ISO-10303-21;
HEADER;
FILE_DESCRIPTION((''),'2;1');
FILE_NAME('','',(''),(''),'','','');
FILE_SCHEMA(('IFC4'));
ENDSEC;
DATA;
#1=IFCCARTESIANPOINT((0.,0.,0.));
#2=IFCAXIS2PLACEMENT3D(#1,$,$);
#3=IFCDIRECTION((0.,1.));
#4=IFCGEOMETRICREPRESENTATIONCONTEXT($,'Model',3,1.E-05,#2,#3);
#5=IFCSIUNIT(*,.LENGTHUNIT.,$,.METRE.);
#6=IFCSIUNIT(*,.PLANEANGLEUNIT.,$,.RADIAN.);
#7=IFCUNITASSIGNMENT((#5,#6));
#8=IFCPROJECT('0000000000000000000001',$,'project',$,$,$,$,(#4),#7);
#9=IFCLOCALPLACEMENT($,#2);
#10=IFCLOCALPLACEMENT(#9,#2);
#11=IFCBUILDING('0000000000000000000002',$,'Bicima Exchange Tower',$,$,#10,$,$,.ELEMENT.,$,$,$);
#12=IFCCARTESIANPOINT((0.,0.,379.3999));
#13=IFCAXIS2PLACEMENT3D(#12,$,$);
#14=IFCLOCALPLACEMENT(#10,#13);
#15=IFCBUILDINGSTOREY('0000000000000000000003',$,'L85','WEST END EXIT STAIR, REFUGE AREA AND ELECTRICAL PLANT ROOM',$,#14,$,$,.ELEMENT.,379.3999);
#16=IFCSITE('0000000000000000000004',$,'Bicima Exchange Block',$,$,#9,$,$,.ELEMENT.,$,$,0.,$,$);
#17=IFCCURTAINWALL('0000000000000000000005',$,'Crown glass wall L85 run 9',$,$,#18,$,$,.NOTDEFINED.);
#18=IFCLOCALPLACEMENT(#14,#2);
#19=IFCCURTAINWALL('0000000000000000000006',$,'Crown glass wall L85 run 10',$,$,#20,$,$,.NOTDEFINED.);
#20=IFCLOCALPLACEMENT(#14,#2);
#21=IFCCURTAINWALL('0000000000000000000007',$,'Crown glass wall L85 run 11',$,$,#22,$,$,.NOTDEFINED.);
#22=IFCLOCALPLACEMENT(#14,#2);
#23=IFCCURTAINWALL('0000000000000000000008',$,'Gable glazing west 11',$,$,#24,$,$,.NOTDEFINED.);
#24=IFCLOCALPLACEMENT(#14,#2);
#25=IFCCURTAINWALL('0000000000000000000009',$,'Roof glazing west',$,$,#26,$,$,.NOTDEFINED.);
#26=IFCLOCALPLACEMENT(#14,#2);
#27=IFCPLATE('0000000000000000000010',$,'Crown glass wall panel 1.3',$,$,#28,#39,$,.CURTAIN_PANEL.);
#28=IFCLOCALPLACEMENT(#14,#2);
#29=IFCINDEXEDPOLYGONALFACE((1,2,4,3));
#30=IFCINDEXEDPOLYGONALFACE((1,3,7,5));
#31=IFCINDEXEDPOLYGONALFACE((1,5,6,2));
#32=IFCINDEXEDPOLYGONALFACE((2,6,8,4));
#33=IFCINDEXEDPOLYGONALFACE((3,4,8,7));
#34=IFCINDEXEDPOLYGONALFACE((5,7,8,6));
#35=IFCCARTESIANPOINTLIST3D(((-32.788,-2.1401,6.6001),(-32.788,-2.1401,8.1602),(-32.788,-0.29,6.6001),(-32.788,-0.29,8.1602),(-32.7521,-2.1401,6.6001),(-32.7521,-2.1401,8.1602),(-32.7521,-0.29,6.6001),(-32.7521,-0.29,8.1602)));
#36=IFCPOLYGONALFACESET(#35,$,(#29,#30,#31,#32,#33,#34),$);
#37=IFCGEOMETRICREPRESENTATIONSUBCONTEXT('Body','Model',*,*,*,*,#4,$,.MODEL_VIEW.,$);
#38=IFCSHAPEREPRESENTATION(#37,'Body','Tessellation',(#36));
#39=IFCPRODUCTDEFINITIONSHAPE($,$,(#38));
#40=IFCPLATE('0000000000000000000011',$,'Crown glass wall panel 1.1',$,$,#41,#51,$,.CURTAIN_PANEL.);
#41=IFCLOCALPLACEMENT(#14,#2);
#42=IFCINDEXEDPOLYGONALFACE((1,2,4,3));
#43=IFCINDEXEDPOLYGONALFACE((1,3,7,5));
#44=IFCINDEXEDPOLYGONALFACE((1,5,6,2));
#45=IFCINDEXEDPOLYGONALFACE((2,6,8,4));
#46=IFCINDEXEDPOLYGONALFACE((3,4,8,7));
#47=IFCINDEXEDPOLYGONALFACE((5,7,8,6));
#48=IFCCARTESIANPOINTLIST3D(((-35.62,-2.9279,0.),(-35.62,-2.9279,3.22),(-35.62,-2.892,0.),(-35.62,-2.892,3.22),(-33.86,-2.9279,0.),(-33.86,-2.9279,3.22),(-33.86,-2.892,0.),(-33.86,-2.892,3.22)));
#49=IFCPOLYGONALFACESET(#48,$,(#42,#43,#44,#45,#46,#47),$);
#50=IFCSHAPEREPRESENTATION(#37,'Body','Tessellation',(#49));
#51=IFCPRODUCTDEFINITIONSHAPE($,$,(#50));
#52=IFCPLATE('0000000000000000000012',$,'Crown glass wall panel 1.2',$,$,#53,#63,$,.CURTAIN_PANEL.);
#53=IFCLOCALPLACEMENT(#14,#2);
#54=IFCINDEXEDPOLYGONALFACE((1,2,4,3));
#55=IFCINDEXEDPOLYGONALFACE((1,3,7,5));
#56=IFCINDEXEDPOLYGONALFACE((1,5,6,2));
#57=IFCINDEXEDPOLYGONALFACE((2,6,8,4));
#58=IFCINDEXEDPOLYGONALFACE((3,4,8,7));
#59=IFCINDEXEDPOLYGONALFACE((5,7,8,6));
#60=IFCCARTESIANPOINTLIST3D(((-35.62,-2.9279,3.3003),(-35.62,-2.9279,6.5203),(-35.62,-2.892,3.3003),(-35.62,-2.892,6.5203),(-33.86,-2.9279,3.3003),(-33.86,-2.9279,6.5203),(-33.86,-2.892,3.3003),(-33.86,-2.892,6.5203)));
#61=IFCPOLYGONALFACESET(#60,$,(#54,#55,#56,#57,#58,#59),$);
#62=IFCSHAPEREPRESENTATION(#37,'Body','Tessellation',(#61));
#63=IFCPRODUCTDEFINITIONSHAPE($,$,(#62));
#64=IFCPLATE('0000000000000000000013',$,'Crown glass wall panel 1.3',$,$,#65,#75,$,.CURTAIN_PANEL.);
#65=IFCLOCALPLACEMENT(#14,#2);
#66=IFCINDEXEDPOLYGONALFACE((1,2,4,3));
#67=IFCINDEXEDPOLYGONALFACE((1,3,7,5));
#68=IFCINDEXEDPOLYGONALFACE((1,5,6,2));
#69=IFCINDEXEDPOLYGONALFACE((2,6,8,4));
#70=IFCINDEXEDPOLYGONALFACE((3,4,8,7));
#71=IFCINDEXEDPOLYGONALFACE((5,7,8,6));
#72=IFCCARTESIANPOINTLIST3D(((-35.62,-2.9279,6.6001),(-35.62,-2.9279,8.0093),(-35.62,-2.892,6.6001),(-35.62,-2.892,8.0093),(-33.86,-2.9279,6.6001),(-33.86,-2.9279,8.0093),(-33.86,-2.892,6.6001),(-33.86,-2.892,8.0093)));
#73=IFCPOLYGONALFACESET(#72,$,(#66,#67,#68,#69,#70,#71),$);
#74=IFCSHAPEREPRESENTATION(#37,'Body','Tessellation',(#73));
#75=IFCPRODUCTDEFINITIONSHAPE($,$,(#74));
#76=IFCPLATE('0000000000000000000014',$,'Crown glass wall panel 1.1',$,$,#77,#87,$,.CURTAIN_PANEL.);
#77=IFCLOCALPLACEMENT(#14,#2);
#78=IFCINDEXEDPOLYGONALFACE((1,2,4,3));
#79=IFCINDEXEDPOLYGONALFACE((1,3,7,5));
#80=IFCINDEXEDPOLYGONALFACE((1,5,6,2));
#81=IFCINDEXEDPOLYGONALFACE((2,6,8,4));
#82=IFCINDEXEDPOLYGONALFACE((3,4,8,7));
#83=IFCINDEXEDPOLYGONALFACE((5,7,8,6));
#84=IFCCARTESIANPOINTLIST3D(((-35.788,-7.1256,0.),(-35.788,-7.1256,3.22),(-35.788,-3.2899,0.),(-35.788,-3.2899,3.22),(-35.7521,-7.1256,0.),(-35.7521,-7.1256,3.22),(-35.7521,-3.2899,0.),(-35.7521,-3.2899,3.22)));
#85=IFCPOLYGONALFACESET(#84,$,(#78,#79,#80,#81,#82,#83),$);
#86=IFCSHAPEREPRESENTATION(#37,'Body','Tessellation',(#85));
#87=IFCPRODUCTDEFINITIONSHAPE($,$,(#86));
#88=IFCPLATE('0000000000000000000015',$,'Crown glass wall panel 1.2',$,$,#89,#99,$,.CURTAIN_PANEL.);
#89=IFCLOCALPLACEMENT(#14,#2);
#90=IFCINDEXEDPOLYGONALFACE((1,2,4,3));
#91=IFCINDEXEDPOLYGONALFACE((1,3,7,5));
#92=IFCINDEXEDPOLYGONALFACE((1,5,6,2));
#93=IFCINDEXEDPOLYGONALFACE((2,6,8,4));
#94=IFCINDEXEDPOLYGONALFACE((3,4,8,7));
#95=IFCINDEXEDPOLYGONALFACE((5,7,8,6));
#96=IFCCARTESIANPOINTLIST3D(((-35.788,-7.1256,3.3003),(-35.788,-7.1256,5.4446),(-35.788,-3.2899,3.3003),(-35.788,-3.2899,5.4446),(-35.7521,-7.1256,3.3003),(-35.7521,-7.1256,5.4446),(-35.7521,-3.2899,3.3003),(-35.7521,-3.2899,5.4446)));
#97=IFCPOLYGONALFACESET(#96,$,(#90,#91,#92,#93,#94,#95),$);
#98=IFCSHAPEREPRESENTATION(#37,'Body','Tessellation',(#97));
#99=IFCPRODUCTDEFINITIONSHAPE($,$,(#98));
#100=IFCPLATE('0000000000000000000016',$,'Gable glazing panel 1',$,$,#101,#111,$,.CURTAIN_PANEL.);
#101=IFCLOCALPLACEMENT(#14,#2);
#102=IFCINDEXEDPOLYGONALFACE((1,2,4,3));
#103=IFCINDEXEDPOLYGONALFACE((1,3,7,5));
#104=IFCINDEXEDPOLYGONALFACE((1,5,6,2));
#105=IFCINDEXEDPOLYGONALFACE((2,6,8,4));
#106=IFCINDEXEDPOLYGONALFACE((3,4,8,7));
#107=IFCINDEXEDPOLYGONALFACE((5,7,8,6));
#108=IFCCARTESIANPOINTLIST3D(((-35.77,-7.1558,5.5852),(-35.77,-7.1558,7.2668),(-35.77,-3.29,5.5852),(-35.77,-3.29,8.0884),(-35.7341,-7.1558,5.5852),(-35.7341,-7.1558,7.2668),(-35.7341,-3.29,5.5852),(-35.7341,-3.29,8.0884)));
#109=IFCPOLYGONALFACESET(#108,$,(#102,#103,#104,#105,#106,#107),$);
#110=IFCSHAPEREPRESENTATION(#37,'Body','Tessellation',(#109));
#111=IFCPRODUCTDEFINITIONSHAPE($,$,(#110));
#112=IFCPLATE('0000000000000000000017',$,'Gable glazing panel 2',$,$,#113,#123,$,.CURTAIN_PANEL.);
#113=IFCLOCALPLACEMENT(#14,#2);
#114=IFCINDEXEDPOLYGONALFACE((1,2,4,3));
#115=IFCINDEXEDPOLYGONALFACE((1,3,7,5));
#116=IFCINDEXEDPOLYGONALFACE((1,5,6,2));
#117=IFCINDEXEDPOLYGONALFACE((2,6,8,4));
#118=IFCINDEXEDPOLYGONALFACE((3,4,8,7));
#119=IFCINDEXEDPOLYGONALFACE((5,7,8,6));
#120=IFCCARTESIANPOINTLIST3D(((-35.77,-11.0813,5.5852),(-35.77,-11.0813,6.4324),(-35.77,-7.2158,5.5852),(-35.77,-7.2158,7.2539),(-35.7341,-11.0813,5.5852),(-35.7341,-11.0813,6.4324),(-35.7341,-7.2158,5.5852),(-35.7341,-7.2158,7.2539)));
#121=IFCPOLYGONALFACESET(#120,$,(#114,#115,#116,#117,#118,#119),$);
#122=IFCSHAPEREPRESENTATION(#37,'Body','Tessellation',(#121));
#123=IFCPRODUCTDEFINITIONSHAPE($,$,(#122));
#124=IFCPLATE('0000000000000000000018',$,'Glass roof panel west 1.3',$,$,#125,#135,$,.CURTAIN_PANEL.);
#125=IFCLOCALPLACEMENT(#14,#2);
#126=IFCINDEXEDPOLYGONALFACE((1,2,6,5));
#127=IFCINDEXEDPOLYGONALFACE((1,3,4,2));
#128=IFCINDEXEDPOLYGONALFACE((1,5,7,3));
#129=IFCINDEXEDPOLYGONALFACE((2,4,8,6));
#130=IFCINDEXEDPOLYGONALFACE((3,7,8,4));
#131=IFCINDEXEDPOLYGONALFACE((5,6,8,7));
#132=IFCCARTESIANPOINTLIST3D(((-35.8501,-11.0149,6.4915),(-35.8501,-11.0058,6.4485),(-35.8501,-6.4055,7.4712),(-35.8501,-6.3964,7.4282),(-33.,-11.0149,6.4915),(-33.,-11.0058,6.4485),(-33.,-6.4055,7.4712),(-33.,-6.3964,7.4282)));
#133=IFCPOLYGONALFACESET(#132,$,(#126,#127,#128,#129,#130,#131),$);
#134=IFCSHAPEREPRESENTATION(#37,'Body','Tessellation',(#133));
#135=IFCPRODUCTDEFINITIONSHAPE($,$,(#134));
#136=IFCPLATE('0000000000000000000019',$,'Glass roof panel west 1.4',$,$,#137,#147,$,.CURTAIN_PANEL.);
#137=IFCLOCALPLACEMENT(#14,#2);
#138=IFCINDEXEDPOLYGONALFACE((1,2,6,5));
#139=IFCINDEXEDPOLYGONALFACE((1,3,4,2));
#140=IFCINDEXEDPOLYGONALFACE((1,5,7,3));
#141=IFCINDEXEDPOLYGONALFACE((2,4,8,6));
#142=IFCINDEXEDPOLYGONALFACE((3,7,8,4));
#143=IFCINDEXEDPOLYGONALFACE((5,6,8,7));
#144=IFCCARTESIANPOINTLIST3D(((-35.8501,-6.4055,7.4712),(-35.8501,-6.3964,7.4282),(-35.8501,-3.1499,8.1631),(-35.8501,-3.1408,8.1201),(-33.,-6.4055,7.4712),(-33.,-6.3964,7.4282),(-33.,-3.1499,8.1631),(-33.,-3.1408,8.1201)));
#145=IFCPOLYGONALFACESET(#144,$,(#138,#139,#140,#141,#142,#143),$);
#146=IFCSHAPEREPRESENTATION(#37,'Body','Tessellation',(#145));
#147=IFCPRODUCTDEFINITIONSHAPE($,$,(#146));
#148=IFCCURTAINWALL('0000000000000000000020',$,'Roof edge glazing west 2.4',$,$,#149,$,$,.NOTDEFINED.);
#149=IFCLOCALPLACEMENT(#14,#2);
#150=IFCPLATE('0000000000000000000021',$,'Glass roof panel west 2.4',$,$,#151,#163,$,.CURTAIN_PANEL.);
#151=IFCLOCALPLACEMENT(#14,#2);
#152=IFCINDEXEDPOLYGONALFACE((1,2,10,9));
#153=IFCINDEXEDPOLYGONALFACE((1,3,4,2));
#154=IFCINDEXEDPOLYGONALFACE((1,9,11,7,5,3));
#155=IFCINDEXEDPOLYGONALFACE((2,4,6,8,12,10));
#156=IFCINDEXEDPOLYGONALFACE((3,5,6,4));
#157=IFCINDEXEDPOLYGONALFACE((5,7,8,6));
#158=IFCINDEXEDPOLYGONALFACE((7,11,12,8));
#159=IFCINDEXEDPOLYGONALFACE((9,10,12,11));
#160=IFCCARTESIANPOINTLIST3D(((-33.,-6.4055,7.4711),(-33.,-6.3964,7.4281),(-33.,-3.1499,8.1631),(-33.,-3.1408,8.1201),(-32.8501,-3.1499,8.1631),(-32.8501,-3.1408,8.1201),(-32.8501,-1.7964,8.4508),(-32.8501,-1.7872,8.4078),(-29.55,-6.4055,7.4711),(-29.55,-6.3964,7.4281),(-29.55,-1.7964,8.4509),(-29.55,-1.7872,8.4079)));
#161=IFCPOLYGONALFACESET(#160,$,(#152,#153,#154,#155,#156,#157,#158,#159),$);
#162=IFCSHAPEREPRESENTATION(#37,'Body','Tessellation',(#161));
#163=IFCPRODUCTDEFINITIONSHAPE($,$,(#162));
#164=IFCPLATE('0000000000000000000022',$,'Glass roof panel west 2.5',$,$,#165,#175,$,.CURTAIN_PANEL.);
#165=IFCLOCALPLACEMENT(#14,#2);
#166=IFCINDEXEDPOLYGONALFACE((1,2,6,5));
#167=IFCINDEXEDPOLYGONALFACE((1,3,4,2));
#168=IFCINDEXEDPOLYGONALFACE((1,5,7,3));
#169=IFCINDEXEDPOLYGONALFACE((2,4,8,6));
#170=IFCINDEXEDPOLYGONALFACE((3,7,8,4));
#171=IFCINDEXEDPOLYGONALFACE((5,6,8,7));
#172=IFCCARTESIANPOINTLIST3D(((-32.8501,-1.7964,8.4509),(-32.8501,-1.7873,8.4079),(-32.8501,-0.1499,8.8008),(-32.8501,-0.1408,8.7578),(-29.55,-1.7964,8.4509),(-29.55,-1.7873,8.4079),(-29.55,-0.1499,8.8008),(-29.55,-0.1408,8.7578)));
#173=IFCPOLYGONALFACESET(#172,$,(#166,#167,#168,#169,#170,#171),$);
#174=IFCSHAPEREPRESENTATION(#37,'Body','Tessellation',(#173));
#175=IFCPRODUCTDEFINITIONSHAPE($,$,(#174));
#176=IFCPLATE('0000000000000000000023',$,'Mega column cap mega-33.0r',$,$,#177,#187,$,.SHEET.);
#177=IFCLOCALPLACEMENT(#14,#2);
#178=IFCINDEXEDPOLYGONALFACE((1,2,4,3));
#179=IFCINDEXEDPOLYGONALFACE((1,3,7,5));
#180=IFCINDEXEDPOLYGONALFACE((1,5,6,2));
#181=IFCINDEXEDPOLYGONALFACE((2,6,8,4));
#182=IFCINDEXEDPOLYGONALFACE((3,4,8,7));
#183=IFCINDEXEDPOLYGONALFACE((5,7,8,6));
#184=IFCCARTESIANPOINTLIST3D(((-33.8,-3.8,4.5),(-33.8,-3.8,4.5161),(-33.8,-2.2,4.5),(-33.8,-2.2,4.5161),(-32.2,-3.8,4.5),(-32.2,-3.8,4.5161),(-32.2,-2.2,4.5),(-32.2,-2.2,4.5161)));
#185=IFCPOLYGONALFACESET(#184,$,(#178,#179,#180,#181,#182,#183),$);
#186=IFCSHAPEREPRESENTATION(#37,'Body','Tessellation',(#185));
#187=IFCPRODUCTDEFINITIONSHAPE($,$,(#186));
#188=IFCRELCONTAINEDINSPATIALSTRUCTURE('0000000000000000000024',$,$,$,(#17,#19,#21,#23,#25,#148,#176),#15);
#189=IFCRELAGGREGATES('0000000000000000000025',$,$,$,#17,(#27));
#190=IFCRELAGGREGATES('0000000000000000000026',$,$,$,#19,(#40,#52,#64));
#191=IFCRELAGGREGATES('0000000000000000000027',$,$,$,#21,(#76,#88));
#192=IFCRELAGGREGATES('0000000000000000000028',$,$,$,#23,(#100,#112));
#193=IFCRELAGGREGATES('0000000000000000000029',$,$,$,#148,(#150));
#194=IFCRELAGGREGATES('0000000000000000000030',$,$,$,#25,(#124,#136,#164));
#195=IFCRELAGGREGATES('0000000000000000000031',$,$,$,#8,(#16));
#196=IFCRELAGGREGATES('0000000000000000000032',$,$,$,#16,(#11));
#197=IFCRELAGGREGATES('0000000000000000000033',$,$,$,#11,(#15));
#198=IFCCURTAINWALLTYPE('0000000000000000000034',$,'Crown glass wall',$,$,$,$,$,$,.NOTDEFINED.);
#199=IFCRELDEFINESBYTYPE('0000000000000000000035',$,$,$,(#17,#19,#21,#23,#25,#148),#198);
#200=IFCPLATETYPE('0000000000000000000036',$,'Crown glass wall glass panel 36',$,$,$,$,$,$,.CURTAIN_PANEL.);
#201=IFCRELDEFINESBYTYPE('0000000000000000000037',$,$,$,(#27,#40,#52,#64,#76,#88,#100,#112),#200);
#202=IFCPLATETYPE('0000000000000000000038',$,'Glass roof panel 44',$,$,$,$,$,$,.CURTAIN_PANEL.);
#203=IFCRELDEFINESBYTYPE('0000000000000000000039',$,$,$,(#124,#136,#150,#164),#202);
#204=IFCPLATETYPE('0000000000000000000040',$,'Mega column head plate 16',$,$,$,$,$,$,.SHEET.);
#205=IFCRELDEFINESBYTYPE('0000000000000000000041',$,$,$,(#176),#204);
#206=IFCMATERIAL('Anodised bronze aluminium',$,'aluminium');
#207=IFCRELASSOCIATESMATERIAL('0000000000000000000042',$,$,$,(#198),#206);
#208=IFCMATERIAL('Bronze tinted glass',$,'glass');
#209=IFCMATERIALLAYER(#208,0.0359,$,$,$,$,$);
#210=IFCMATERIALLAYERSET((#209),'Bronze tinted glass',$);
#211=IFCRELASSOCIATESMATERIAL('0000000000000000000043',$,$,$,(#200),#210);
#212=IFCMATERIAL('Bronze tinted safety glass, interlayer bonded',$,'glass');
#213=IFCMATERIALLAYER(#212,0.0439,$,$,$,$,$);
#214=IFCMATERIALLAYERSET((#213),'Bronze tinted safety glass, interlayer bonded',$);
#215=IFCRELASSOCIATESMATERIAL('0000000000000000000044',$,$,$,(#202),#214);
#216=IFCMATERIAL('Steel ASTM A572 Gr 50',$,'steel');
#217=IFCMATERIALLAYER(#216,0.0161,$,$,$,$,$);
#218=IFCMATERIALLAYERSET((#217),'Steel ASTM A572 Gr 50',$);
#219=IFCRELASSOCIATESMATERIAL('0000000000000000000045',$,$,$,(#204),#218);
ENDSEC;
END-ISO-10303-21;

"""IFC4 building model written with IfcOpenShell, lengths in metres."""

from ifc_helpers import new_model, si_unit, direction, frame, origin, origin_2d, place, context, subcontext, project, spatial, polyline, rectangle, outline, extrude, material, layer, layer_set, type_object, element, aggregate, save


model = new_model("IFC4")

# Units and contexts
model_context = context("Model", 3, precision=1e-05, world=origin(), true_north=direction((0.0, 1.0)))
body_context = subcontext(model_context, "Body", "Model", "MODEL_VIEW")
ifc_project = project(units=[si_unit("LENGTHUNIT", "METRE"), si_unit("PLANEANGLEUNIT", "RADIAN")], contexts=[model_context])

# Site, building, storey
site_placement = place(None, origin())
site = spatial("IfcSite", under=ifc_project, at=site_placement, Name="Bicima Exchange Block", CompositionType="ELEMENT", RefElevation=0.0)
building_placement = place(site_placement, origin())
building = spatial("IfcBuilding", under=site, at=building_placement, Name="Bicima Exchange Tower", CompositionType="ELEMENT")
storey_placement = place(building_placement, frame((0.0, 0.0, 379.3999)))
storey = spatial("IfcBuildingStorey", under=building, at=storey_placement, Name="L85", Description="WEST END EXIT STAIR, REFUGE AREA AND ELECTRICAL PLANT ROOM", CompositionType="ELEMENT", Elevation=379.3999)

# Shared definitions
ifc_material_1 = material(Name="Steel ASTM A572 Gr 50", Category="steel")

# Curtain wall
ifc_material_2 = material(Name="Anodised bronze aluminium", Category="aluminium")
curtain_wall_type = type_object("IfcCurtainWallType", Name="Crown glass wall", PredefinedType="NOTDEFINED", material=ifc_material_2)
curtain_wall_1_placement = place(storey_placement, origin())
curtain_wall_1 = element("IfcCurtainWall", 1, at=curtain_wall_1_placement, inside=storey, type_object=curtain_wall_type, Name="Crown glass wall L85 run 9", PredefinedType="NOTDEFINED")

# Curtain walls
curtain_wall_2_placement = place(storey_placement, origin())
curtain_wall_2 = element("IfcCurtainWall", 2, at=curtain_wall_2_placement, inside=storey, type_object=curtain_wall_type, Name="Crown glass wall L85 run 10", PredefinedType="NOTDEFINED")
curtain_wall_3_placement = place(storey_placement, origin())
curtain_wall_3 = element("IfcCurtainWall", 3, at=curtain_wall_3_placement, inside=storey, type_object=curtain_wall_type, Name="Crown glass wall L85 run 11", PredefinedType="NOTDEFINED")
curtain_wall_4_placement = place(storey_placement, origin())
curtain_wall_4 = element("IfcCurtainWall", 4, at=curtain_wall_4_placement, inside=storey, type_object=curtain_wall_type, Name="Gable glazing west 11", PredefinedType="NOTDEFINED")

# Curtain wall
curtain_wall_5_placement = place(storey_placement, origin())
curtain_wall_5 = element("IfcCurtainWall", 5, at=curtain_wall_5_placement, inside=storey, type_object=curtain_wall_type, Name="Roof glazing west", PredefinedType="NOTDEFINED")

# Plates
ifc_material_3 = material(Name="Bronze tinted glass", Category="glass")
ifc_layer_1 = layer(ifc_material_3, 0.0359)
ifc_layer_set_1 = layer_set([ifc_layer_1], Name="Bronze tinted glass")
plate_type_1 = type_object("IfcPlateType", Name="Crown glass wall glass panel 36", PredefinedType="CURTAIN_PANEL", material=ifc_layer_set_1)
plate_1_placement = place(storey_placement, frame((-32.77, -1.2151, 6.6001), z_axis=(0.0, 0.0, 1.0), x_axis=(0.0, -1.0, 0.0)))
plate_1 = element("IfcPlate", 6, at=plate_1_placement, type_object=plate_type_1, Name="Crown glass wall panel 1.3", PredefinedType="CURTAIN_PANEL", context=body_context, shape_type="SweptSolid", body=[
    extrude(rectangle(XDim=1.8501, YDim=0.0359, at=origin_2d()), origin(), (0.0, 0.0, 1.0), 1.5601),
])
aggregate(curtain_wall_1, [plate_1])
plate_2_placement = place(storey_placement, frame((-34.74, -2.9099, 0.0), z_axis=(0.0, 0.0, 1.0), x_axis=(-1.0, 0.0, 0.0)))
plate_2 = element("IfcPlate", 7, at=plate_2_placement, type_object=plate_type_1, Name="Crown glass wall panel 1.1", PredefinedType="CURTAIN_PANEL", context=body_context, shape_type="SweptSolid", body=[
    extrude(rectangle(XDim=1.76, YDim=0.0359, at=origin_2d()), origin(), (0.0, 0.0, 1.0), 3.22),
])
plate_3_placement = place(storey_placement, frame((-34.74, -2.9099, 3.3003), z_axis=(0.0, 0.0, 1.0), x_axis=(-1.0, 0.0, 0.0)))
plate_3 = element("IfcPlate", 8, at=plate_3_placement, type_object=plate_type_1, Name="Crown glass wall panel 1.2", PredefinedType="CURTAIN_PANEL", context=body_context, shape_type="SweptSolid", body=[
    extrude(rectangle(XDim=1.76, YDim=0.0359, at=origin_2d()), origin(), (0.0, 0.0, 1.0), 3.22),
])
plate_4_placement = place(storey_placement, frame((-34.74, -2.9099, 6.6001), z_axis=(0.0, 0.0, 1.0), x_axis=(-1.0, 0.0, 0.0)))
plate_4 = element("IfcPlate", 9, at=plate_4_placement, type_object=plate_type_1, Name="Crown glass wall panel 1.3", PredefinedType="CURTAIN_PANEL", context=body_context, shape_type="SweptSolid", body=[
    extrude(rectangle(XDim=1.76, YDim=0.0359, at=origin_2d()), origin(), (0.0, 0.0, 1.0), 1.4092),
])
aggregate(curtain_wall_2, [plate_2, plate_3, plate_4])
plate_5_placement = place(storey_placement, frame((-35.77, -5.2078, 0.0), z_axis=(0.0, 0.0, 1.0), x_axis=(0.0, -1.0, 0.0)))
plate_5 = element("IfcPlate", 10, at=plate_5_placement, type_object=plate_type_1, Name="Crown glass wall panel 1.1", PredefinedType="CURTAIN_PANEL", context=body_context, shape_type="SweptSolid", body=[
    extrude(rectangle(XDim=3.8357, YDim=0.0359, at=origin_2d()), origin(), (0.0, 0.0, 1.0), 3.22),
])
plate_6_placement = place(storey_placement, frame((-35.77, -5.2078, 3.3003), z_axis=(0.0, 0.0, 1.0), x_axis=(0.0, -1.0, 0.0)))
plate_6 = element("IfcPlate", 11, at=plate_6_placement, type_object=plate_type_1, Name="Crown glass wall panel 1.2", PredefinedType="CURTAIN_PANEL", context=body_context, shape_type="SweptSolid", body=[
    extrude(rectangle(XDim=3.8357, YDim=0.0359, at=origin_2d()), origin(), (0.0, 0.0, 1.0), 2.1443),
])
aggregate(curtain_wall_3, [plate_5, plate_6])
plate_7_placement = place(storey_placement, frame((-35.77, -3.29, 5.5852), z_axis=(-1.0, 0.0, 0.0), x_axis=(0.0, -1.0, 0.0)))
plate_7 = element("IfcPlate", 12, at=plate_7_placement, type_object=plate_type_1, Name="Gable glazing panel 1", PredefinedType="CURTAIN_PANEL", context=body_context, shape_type="SweptSolid", body=[
    extrude(outline(polyline([(0.0, 0.0), (3.8657, 0.0), (3.8657, 1.6816), (0.0, 2.5032), (0.0, 0.0)])), origin(), (0.0, 0.0, -1.0), 0.0359),
])
plate_8_placement = place(storey_placement, frame((-35.77, -7.2158, 5.5852), z_axis=(-1.0, 0.0, 0.0), x_axis=(0.0, -1.0, 0.0)))
plate_8 = element("IfcPlate", 13, at=plate_8_placement, type_object=plate_type_1, Name="Gable glazing panel 2", PredefinedType="CURTAIN_PANEL", context=body_context, shape_type="SweptSolid", body=[
    extrude(outline(polyline([(0.0, 0.0), (3.8655, 0.0), (3.8655, 0.8472), (0.0, 1.6687), (0.0, 0.0)])), origin(), (0.0, 0.0, -1.0), 0.0359),
])
aggregate(curtain_wall_4, [plate_7, plate_8])
ifc_material_4 = material(Name="Bronze tinted safety glass, interlayer bonded", Category="glass")
ifc_layer_2 = layer(ifc_material_4, 0.0439)
ifc_layer_set_2 = layer_set([ifc_layer_2], Name="Bronze tinted safety glass, interlayer bonded")
plate_type_2 = type_object("IfcPlateType", Name="Glass roof panel 44", PredefinedType="CURTAIN_PANEL", material=ifc_layer_set_2)
plate_9_placement = place(storey_placement, frame((-35.8501, -6.4055, 7.4712), z_axis=(0.0, -0.207908, 0.978148), x_axis=(1.0, 0.0, 0.0)))
plate_9 = element("IfcPlate", 14, at=plate_9_placement, type_object=plate_type_2, Name="Glass roof panel west 1.3", PredefinedType="CURTAIN_PANEL", context=body_context, shape_type="SweptSolid", body=[
    extrude(outline(polyline([(0.0, 0.0), (2.8501, 0.0), (2.8501, -4.7123), (0.0, -4.7123), (0.0, 0.0)])), origin(), (0.0, 0.0, -1.0), 0.0439),
])
plate_10_placement = place(storey_placement, frame((-33.0, -3.1499, 8.1631), z_axis=(0.0, -0.207881, 0.978154), x_axis=(0.0, -0.978154, -0.207881)))
plate_10 = element("IfcPlate", 15, at=plate_10_placement, type_object=plate_type_2, Name="Glass roof panel west 1.4", PredefinedType="CURTAIN_PANEL", context=body_context, shape_type="SweptSolid", body=[
    extrude(outline(polyline([(0.0, 0.0), (3.3283, 0.0), (3.3283, -2.8501), (0.0, -2.8501), (0.0, 0.0)])), origin(), (0.0, 0.0, -1.0), 0.0439),
])

# Curtain wall, plate
curtain_wall_6_placement = place(storey_placement, origin())
curtain_wall_6 = element("IfcCurtainWall", 16, at=curtain_wall_6_placement, inside=storey, type_object=curtain_wall_type, Name="Roof edge glazing west 2.4", PredefinedType="NOTDEFINED")
plate_11_placement = place(storey_placement, frame((-32.8501, -3.1499, 8.1631), z_axis=(-0.000019, -0.207918, 0.978146), x_axis=(0.0, 0.978146, 0.207918)))
plate_11 = element("IfcPlate", 17, at=plate_11_placement, type_object=plate_type_2, Name="Glass roof panel west 2.4", PredefinedType="CURTAIN_PANEL", context=body_context, shape_type="SweptSolid", body=[
    extrude(outline(polyline([(0.0, 0.0), (1.3838, 0.0), (1.3838, -3.3), (-3.3283, -3.3), (-3.3283, 0.1499), (0.0, 0.1499), (0.0, 0.0)])), origin(), (0.0, 0.0, -1.0), 0.0439),
])
aggregate(curtain_wall_6, [plate_11])

# Plates
plate_12_placement = place(storey_placement, frame((-32.8501, -0.1499, 8.8008), z_axis=(0.0, -0.207845, 0.978162), x_axis=(1.0, 0.0, 0.0)))
plate_12 = element("IfcPlate", 18, at=plate_12_placement, type_object=plate_type_2, Name="Glass roof panel west 2.5", PredefinedType="CURTAIN_PANEL", context=body_context, shape_type="SweptSolid", body=[
    extrude(outline(polyline([(0.0, 0.0), (3.3, 0.0), (3.3, -1.6832), (0.0, -1.6832), (0.0, 0.0)])), origin(), (0.0, 0.0, -1.0), 0.0439),
])
aggregate(curtain_wall_5, [plate_9, plate_10, plate_12])
ifc_layer_3 = layer(ifc_material_1, 0.0161)
ifc_layer_set_3 = layer_set([ifc_layer_3], Name="Steel ASTM A572 Gr 50")
plate_type_3 = type_object("IfcPlateType", Name="Mega column head plate 16", PredefinedType="SHEET", material=ifc_layer_set_3)
plate_13_placement = place(storey_placement, frame((-33.0, -3.0, 4.5), z_axis=(0.0, 0.0, 1.0), x_axis=(1.0, 0.0, 0.0)))
element("IfcPlate", 19, at=plate_13_placement, inside=storey, type_object=plate_type_3, Name="Mega column cap mega-33.0r", PredefinedType="SHEET", context=body_context, shape_type="SweptSolid", body=[
    extrude(rectangle(XDim=1.6001, YDim=1.6001, at=origin_2d()), origin(), (0.0, 0.0, 1.0), 0.0161),
])

save(model, "model.ifc")
